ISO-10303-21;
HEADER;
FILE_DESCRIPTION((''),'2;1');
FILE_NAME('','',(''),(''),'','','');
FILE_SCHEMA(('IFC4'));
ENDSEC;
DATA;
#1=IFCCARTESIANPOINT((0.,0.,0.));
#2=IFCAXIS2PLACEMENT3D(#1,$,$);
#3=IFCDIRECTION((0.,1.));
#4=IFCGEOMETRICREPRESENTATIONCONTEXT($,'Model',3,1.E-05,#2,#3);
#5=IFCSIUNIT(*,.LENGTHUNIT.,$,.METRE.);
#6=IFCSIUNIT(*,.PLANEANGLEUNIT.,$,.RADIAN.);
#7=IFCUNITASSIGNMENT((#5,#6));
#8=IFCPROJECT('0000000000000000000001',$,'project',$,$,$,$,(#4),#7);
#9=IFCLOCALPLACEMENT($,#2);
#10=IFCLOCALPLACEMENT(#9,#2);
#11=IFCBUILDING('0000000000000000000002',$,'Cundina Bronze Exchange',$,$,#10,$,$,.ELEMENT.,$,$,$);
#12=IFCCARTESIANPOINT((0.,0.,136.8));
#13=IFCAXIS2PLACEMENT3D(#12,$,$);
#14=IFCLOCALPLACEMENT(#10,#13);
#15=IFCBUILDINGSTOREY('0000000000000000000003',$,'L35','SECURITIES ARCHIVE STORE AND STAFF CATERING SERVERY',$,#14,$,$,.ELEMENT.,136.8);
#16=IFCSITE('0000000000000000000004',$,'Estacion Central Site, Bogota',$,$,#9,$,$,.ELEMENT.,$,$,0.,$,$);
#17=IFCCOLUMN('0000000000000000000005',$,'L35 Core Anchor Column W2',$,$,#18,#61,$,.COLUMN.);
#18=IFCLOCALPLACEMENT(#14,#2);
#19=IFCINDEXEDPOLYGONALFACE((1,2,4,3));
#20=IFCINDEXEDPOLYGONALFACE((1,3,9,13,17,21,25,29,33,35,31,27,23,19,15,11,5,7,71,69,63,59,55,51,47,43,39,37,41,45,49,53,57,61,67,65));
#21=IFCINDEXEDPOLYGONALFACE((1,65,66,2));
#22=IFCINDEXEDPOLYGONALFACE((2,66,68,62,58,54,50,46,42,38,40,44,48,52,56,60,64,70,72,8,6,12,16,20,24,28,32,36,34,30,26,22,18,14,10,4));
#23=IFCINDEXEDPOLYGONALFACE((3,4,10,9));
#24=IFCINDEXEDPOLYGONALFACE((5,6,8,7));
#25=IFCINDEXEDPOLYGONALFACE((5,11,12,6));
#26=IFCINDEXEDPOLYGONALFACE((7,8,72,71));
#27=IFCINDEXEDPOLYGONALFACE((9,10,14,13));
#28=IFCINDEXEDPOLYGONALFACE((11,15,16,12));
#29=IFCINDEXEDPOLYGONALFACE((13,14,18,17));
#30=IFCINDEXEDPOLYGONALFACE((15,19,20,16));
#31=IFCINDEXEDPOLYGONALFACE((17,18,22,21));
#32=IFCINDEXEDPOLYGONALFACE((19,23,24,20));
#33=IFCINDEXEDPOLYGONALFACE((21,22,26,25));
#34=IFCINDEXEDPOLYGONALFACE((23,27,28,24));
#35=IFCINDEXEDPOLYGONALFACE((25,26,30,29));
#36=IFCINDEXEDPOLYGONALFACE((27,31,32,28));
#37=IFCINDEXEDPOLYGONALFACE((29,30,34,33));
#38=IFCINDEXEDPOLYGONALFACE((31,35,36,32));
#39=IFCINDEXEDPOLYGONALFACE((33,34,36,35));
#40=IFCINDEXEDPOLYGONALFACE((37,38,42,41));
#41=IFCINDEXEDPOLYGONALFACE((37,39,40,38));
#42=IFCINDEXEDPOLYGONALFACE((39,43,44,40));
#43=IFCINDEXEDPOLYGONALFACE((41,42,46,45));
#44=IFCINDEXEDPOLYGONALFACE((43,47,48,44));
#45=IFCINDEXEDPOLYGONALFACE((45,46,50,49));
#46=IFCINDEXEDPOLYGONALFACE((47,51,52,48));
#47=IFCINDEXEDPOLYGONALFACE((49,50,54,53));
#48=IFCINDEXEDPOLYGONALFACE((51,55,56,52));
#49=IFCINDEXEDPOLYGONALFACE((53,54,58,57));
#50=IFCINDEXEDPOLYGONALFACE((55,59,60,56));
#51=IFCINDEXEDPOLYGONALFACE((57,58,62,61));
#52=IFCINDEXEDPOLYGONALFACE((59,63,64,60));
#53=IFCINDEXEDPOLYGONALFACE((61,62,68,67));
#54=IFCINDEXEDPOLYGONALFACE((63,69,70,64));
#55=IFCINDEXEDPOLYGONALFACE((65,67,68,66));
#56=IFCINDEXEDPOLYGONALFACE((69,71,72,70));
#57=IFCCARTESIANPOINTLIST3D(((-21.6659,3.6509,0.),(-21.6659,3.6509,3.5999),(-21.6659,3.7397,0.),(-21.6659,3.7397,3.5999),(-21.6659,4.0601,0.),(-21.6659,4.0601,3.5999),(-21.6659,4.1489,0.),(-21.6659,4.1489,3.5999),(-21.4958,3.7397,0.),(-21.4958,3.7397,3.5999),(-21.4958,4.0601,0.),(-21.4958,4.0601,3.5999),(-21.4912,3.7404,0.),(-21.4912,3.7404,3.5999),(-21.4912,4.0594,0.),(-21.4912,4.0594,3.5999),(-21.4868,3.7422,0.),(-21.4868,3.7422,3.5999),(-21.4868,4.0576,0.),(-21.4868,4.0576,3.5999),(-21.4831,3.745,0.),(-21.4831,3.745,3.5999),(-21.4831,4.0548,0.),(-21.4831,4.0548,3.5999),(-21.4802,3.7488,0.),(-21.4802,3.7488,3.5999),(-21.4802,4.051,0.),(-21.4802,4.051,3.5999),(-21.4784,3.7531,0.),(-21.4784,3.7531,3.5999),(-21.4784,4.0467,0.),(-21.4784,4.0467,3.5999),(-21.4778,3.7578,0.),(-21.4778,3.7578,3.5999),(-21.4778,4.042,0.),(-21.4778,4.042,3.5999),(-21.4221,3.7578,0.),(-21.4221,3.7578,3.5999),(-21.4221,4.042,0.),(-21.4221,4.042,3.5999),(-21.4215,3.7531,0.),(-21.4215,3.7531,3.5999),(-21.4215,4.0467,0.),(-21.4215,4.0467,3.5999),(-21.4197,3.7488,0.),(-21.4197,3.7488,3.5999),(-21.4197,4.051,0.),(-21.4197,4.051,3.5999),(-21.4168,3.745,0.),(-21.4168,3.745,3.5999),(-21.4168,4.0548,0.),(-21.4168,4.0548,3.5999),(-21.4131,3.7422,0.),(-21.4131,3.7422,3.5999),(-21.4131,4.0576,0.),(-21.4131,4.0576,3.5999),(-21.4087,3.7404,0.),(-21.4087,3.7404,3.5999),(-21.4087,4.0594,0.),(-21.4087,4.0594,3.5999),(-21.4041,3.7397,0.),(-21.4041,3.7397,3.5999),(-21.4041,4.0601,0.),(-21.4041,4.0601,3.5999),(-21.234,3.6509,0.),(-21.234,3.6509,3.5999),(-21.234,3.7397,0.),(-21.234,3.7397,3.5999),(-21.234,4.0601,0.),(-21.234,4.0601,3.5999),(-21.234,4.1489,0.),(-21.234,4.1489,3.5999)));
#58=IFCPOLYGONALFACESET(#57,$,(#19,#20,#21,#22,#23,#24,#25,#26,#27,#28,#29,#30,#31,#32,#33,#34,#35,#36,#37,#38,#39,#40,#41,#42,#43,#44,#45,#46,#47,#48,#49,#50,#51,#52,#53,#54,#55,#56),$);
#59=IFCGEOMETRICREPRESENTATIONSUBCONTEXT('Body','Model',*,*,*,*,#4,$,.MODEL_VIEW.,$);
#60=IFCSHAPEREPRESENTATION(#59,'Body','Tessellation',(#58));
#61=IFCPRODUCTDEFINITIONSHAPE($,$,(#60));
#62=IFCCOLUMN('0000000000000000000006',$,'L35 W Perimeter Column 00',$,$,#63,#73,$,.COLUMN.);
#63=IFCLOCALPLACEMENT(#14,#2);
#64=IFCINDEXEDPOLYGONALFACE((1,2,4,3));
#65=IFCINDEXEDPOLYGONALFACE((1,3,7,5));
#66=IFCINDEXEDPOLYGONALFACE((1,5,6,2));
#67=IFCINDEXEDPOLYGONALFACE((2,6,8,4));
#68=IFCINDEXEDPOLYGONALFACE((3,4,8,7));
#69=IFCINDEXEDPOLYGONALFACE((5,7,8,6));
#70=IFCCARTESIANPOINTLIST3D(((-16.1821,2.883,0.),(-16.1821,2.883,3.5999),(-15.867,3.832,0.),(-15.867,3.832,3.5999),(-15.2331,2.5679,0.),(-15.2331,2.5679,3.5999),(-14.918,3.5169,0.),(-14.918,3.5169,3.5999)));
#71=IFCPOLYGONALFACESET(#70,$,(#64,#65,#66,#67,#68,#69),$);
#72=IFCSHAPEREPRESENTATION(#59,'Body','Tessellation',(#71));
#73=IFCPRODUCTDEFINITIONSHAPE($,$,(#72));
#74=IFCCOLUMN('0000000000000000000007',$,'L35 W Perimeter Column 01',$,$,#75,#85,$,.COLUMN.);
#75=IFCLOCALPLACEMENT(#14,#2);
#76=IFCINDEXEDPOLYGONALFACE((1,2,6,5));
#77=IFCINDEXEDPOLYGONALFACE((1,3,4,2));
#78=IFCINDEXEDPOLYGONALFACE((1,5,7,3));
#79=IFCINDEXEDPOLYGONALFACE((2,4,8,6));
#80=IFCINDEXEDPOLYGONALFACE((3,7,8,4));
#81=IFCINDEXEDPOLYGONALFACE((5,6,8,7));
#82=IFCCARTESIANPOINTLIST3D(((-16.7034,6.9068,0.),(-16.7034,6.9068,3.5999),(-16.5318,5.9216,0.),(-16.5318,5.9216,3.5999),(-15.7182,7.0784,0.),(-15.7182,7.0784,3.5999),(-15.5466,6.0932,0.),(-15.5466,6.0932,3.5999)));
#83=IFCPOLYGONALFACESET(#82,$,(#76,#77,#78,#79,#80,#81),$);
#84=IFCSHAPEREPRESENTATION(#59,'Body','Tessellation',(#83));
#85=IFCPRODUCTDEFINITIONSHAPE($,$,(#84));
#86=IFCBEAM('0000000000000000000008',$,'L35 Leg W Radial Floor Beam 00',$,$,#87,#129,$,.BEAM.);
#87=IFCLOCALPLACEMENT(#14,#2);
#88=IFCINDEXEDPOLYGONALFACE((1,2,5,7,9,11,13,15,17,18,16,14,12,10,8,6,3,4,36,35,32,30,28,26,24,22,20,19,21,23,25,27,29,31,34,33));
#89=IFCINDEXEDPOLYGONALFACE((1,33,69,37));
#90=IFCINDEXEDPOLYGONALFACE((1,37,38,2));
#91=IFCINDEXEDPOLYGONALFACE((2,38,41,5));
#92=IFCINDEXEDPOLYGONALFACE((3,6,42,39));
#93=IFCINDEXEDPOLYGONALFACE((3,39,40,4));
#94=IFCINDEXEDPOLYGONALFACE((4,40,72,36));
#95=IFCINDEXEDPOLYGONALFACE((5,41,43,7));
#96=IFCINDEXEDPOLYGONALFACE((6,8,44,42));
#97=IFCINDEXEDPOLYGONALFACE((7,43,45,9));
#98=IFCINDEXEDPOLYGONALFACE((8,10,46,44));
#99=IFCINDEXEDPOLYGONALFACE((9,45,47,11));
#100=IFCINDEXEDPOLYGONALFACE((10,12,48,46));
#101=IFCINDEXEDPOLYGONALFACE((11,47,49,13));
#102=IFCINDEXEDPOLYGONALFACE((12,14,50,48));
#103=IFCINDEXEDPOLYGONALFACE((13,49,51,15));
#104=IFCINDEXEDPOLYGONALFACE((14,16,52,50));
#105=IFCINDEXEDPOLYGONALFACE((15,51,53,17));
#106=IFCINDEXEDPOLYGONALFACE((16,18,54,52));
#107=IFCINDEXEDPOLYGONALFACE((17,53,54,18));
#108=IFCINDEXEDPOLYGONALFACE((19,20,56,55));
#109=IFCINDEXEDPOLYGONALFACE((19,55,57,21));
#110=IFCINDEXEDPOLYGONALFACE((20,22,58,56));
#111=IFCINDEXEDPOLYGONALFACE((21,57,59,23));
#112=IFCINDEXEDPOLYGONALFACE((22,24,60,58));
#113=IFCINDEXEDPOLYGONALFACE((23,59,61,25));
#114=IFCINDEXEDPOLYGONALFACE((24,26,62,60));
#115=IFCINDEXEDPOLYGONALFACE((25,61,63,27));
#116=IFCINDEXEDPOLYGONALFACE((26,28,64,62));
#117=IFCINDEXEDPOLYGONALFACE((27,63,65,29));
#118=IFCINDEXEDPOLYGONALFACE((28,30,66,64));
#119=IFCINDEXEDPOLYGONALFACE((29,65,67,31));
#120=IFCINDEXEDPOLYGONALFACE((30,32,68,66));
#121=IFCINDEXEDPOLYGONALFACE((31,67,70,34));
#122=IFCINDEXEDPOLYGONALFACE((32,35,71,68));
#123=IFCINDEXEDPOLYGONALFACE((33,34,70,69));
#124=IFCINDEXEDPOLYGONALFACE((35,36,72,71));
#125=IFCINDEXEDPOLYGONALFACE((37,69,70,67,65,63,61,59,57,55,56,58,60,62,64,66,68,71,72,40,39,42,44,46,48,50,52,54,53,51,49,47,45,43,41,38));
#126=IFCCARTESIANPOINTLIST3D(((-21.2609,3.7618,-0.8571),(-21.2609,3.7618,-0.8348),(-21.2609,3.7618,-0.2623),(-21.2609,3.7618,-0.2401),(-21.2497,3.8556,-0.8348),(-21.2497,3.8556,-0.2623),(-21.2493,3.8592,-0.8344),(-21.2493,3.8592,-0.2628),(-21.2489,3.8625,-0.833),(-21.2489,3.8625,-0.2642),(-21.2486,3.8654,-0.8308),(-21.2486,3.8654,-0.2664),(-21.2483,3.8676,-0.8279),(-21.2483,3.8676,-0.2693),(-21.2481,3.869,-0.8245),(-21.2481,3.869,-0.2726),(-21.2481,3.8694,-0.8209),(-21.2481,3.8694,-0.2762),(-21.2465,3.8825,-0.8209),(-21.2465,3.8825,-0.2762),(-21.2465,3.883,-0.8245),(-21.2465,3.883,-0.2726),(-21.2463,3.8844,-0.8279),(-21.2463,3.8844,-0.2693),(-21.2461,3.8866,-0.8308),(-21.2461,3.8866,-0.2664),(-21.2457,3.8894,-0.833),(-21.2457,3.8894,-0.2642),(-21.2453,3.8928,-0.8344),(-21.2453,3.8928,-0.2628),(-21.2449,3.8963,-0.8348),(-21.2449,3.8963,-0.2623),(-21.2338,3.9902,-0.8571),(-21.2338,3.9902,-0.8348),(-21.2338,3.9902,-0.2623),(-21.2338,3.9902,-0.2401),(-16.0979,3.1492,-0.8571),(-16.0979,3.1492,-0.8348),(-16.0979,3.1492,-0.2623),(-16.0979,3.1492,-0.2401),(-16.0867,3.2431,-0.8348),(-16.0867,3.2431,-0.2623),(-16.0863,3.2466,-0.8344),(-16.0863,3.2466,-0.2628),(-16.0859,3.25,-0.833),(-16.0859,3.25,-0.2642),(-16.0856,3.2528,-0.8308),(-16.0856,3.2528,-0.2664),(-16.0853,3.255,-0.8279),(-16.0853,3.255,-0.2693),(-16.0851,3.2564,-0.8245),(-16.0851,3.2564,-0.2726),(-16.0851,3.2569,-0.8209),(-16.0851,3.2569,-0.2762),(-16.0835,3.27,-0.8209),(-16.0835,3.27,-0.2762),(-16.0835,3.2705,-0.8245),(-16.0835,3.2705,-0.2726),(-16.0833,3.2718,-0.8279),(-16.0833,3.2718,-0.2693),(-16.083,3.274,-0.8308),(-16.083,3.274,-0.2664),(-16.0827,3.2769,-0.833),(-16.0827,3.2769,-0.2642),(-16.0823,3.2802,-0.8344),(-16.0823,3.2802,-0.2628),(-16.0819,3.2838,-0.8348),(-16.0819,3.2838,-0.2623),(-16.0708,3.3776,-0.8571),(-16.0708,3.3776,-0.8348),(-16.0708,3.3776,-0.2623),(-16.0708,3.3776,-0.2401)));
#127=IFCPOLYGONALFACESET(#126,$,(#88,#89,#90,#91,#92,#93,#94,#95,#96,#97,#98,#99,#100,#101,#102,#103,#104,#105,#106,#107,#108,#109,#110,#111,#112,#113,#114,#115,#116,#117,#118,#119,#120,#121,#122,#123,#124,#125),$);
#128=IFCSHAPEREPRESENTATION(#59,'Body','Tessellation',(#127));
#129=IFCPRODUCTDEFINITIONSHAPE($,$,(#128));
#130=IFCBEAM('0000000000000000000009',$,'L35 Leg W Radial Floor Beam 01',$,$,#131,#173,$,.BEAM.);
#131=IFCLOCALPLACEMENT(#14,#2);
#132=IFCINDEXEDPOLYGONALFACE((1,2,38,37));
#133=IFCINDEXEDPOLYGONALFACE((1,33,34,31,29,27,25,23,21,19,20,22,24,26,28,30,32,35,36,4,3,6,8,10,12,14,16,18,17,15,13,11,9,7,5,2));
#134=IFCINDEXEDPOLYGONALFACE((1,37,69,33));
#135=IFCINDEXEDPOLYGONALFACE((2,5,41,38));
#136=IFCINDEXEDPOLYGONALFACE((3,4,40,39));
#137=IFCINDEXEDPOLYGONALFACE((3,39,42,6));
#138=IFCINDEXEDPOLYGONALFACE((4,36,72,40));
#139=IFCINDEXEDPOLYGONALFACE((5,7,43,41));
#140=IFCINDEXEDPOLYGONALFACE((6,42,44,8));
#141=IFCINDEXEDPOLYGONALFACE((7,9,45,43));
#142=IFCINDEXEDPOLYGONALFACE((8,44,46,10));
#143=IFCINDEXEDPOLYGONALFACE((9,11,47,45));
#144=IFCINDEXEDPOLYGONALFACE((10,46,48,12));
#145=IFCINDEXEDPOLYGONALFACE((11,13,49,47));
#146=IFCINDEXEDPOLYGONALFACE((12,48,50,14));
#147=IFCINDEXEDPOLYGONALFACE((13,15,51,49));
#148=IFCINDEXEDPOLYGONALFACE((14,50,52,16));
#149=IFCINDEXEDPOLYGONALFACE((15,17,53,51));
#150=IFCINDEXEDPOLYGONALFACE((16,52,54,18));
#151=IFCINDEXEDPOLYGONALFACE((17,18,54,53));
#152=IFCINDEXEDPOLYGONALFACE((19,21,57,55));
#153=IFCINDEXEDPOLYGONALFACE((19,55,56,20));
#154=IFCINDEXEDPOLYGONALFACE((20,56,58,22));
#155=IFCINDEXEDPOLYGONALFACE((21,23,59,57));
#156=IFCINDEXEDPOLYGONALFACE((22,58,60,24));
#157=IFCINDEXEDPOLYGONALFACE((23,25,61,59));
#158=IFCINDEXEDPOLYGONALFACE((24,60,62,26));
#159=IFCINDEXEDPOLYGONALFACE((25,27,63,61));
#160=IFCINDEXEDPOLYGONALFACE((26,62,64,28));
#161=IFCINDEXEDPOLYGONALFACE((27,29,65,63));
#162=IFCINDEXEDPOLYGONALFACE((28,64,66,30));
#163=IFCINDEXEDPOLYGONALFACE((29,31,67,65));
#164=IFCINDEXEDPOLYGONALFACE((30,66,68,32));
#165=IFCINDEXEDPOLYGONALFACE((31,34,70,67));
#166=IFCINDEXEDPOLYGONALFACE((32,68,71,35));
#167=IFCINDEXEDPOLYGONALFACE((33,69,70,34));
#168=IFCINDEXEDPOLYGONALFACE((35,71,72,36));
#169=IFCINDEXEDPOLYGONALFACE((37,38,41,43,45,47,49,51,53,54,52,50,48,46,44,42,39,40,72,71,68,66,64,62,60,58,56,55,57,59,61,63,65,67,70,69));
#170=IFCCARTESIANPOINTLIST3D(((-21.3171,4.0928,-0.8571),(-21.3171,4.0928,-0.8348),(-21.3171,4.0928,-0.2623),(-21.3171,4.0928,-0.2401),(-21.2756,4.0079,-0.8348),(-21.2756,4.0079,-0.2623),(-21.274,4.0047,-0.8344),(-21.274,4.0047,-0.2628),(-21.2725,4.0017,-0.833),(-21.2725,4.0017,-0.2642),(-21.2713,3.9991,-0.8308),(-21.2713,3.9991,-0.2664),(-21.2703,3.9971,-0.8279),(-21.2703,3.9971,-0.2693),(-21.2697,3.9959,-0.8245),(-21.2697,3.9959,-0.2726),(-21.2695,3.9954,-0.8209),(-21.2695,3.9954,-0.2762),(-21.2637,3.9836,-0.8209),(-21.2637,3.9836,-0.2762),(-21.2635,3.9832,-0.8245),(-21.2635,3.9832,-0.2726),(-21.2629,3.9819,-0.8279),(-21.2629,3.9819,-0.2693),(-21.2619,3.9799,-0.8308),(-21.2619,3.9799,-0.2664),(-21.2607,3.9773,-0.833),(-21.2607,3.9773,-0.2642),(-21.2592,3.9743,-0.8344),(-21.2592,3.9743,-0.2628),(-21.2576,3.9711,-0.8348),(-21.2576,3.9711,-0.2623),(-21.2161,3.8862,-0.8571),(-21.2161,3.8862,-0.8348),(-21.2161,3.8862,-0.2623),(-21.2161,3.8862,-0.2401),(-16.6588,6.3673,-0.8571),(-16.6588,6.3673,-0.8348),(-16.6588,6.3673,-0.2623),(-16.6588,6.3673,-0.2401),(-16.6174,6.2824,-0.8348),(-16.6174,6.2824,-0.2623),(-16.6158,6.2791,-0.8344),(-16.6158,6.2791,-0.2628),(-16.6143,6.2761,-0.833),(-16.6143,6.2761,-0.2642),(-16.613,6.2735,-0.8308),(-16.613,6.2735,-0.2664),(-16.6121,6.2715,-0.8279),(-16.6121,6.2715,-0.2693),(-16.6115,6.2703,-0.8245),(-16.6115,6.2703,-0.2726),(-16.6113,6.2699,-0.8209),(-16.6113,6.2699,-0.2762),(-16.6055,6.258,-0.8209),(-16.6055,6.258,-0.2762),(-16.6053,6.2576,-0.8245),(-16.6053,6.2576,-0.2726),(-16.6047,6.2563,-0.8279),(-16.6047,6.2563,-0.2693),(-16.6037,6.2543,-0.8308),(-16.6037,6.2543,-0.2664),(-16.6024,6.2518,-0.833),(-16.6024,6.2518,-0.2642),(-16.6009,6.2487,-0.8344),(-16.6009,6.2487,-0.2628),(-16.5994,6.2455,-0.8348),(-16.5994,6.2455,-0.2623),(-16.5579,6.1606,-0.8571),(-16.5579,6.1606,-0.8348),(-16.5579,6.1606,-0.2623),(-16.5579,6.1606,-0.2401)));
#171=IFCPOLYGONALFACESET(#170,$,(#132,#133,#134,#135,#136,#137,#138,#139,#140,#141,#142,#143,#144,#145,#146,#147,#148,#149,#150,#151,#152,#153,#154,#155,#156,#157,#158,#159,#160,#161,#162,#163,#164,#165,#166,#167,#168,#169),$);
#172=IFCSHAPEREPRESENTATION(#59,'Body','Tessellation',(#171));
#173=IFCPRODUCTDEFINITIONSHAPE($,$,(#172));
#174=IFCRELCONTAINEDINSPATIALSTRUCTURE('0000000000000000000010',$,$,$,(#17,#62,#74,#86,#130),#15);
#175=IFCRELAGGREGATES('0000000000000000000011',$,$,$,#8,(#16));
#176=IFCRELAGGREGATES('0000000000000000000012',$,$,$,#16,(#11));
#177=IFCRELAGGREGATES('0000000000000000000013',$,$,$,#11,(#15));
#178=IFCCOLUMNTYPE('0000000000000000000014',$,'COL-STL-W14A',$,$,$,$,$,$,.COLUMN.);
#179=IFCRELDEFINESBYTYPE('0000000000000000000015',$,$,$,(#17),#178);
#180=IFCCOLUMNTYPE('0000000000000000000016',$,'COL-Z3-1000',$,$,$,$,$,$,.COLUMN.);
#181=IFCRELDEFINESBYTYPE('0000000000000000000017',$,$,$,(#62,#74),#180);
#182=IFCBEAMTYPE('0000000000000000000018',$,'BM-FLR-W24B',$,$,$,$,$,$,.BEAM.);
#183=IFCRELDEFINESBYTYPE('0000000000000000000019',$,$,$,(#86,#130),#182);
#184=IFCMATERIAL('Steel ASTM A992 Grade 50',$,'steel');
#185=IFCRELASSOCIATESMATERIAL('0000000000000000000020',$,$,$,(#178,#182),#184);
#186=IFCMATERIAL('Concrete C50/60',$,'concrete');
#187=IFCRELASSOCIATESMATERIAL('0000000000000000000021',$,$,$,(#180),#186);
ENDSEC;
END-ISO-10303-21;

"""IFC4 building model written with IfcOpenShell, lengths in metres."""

from ifc_helpers import new_model, si_unit, direction, frame, origin, origin_2d, place, context, subcontext, project, spatial, rectangle, i_section, extrude, material, material_profile, profile_set, type_object, element, save


model = new_model("IFC4")

# Units and contexts
model_context = context("Model", 3, precision=1e-05, world=origin(), true_north=direction((0.0, 1.0)))
body_context = subcontext(model_context, "Body", "Model", "MODEL_VIEW")
ifc_project = project(units=[si_unit("LENGTHUNIT", "METRE"), si_unit("PLANEANGLEUNIT", "RADIAN")], contexts=[model_context])

# Site, building, storey
site_placement = place(None, origin())
site = spatial("IfcSite", under=ifc_project, at=site_placement, Name="Estacion Central Site, Bogota", CompositionType="ELEMENT", RefElevation=0.0)
building_placement = place(site_placement, origin())
building = spatial("IfcBuilding", under=site, at=building_placement, Name="Cundina Bronze Exchange", CompositionType="ELEMENT")
storey_placement = place(building_placement, frame((0.0, 0.0, 136.8)))
storey = spatial("IfcBuildingStorey", under=building, at=storey_placement, Name="L35", Description="SECURITIES ARCHIVE STORE AND STAFF CATERING SERVERY", CompositionType="ELEMENT", Elevation=136.8)

# Columns
ifc_material_1 = material(Name="Steel ASTM A992 Grade 50", Category="steel")
ifc_material_profile_1 = material_profile(ifc_material_1, i_section(OverallWidth=0.4319, OverallDepth=0.498, WebThickness=0.0557, FlangeThickness=0.0889, FilletRadius=0.0181, at=origin_2d()), Name="W14X500", Category="steel")
ifc_profile_set_1 = profile_set([ifc_material_profile_1], Name="Steel ASTM A992 Grade 50")
column_type_1 = type_object("IfcColumnType", Name="COL-STL-W14A", PredefinedType="COLUMN", material=ifc_profile_set_1)
column_placement = place(storey_placement, frame((-21.45, 3.8999, 0.0), z_axis=(0.0, 0.0, 1.0), x_axis=(1.0, 0.0, 0.0)))
element("IfcColumn", 1, at=column_placement, inside=storey, type_object=column_type_1, Name="L35 Core Anchor Column W2", PredefinedType="COLUMN", context=body_context, shape_type="SweptSolid", body=[
    extrude(i_section(OverallWidth=0.4319, OverallDepth=0.498, WebThickness=0.0557, FlangeThickness=0.0889, FilletRadius=0.0181, at=origin_2d()), origin(), (0.0, 0.0, 1.0), 3.5999),
])
ifc_material_2 = material(Name="Concrete C50/60", Category="concrete")
ifc_material_profile_2 = material_profile(ifc_material_2, rectangle(XDim=1.0, YDim=1.0, at=origin_2d()), Name="RC1000X1000", Category="concrete")
ifc_profile_set_2 = profile_set([ifc_material_profile_2], Name="Concrete C50/60")
column_type_2 = type_object("IfcColumnType", Name="COL-Z3-1000", PredefinedType="COLUMN", material=ifc_profile_set_2)
for number, where, z_axis, x_axis, name in (
    (2, (-15.55, 3.2, 0.0), (0.0, 0.0, 1.0), (0.315152, 0.949041, 0.0), "L35 W Perimeter Column 00"),
    (3, (-16.125, 6.5, 0.0), (0.0, 0.0, 1.0), (-0.171585, 0.985169, 0.0), "L35 W Perimeter Column 01"),
):
    element("IfcColumn", number, at=place(storey_placement, frame(where, z_axis=z_axis, x_axis=x_axis)), inside=storey, type_object=column_type_2, Name=name, PredefinedType="COLUMN", context=body_context, shape_type="SweptSolid", body=[
        extrude(rectangle(XDim=1.0, YDim=1.0, at=origin_2d()), origin(), (0.0, 0.0, 1.0), 3.5999),
    ])

# Beams
ifc_material_profile_3 = material_profile(ifc_material_1, i_section(OverallWidth=0.23, OverallDepth=0.6169, WebThickness=0.0132, FlangeThickness=0.0222, FilletRadius=0.0139, at=origin_2d()), Name="W24X94", Category="steel")
ifc_profile_set_3 = profile_set([ifc_material_profile_3], Name="Steel ASTM A992 Grade 50")
beam_type_1 = type_object("IfcBeamType", Name="BM-FLR-W24B", PredefinedType="BEAM", material=ifc_profile_set_3)
beam_1_placement = place(storey_placement, frame((-21.2473, 3.876, -0.5486), z_axis=(0.993036, -0.117814, 0.0), x_axis=(0.117814, 0.993036, 0.0)))
element("IfcBeam", 4, at=beam_1_placement, inside=storey, type_object=beam_type_1, Name="L35 Leg W Radial Floor Beam 00", PredefinedType="BEAM", context=body_context, shape_type="SweptSolid", body=[
    extrude(i_section(OverallWidth=0.23, OverallDepth=0.6169, WebThickness=0.0132, FlangeThickness=0.0222, FilletRadius=0.0139, at=origin_2d()), origin(), (0.0, 0.0, 1.0), 5.1992),
])
beam_2_placement = place(storey_placement, frame((-21.2666, 3.9895, -0.5486), z_axis=(0.898607, 0.438754, 0.0), x_axis=(-0.438754, 0.898607, 0.0)))
element("IfcBeam", 5, at=beam_2_placement, inside=storey, type_object=beam_type_1, Name="L35 Leg W Radial Floor Beam 01", PredefinedType="BEAM", context=body_context, shape_type="SweptSolid", body=[
    extrude(i_section(OverallWidth=0.23, OverallDepth=0.6169, WebThickness=0.0132, FlangeThickness=0.0222, FilletRadius=0.0139, at=origin_2d()), origin(), (0.0, 0.0, 1.0), 5.1838),
])

save(model, "model.ifc")
